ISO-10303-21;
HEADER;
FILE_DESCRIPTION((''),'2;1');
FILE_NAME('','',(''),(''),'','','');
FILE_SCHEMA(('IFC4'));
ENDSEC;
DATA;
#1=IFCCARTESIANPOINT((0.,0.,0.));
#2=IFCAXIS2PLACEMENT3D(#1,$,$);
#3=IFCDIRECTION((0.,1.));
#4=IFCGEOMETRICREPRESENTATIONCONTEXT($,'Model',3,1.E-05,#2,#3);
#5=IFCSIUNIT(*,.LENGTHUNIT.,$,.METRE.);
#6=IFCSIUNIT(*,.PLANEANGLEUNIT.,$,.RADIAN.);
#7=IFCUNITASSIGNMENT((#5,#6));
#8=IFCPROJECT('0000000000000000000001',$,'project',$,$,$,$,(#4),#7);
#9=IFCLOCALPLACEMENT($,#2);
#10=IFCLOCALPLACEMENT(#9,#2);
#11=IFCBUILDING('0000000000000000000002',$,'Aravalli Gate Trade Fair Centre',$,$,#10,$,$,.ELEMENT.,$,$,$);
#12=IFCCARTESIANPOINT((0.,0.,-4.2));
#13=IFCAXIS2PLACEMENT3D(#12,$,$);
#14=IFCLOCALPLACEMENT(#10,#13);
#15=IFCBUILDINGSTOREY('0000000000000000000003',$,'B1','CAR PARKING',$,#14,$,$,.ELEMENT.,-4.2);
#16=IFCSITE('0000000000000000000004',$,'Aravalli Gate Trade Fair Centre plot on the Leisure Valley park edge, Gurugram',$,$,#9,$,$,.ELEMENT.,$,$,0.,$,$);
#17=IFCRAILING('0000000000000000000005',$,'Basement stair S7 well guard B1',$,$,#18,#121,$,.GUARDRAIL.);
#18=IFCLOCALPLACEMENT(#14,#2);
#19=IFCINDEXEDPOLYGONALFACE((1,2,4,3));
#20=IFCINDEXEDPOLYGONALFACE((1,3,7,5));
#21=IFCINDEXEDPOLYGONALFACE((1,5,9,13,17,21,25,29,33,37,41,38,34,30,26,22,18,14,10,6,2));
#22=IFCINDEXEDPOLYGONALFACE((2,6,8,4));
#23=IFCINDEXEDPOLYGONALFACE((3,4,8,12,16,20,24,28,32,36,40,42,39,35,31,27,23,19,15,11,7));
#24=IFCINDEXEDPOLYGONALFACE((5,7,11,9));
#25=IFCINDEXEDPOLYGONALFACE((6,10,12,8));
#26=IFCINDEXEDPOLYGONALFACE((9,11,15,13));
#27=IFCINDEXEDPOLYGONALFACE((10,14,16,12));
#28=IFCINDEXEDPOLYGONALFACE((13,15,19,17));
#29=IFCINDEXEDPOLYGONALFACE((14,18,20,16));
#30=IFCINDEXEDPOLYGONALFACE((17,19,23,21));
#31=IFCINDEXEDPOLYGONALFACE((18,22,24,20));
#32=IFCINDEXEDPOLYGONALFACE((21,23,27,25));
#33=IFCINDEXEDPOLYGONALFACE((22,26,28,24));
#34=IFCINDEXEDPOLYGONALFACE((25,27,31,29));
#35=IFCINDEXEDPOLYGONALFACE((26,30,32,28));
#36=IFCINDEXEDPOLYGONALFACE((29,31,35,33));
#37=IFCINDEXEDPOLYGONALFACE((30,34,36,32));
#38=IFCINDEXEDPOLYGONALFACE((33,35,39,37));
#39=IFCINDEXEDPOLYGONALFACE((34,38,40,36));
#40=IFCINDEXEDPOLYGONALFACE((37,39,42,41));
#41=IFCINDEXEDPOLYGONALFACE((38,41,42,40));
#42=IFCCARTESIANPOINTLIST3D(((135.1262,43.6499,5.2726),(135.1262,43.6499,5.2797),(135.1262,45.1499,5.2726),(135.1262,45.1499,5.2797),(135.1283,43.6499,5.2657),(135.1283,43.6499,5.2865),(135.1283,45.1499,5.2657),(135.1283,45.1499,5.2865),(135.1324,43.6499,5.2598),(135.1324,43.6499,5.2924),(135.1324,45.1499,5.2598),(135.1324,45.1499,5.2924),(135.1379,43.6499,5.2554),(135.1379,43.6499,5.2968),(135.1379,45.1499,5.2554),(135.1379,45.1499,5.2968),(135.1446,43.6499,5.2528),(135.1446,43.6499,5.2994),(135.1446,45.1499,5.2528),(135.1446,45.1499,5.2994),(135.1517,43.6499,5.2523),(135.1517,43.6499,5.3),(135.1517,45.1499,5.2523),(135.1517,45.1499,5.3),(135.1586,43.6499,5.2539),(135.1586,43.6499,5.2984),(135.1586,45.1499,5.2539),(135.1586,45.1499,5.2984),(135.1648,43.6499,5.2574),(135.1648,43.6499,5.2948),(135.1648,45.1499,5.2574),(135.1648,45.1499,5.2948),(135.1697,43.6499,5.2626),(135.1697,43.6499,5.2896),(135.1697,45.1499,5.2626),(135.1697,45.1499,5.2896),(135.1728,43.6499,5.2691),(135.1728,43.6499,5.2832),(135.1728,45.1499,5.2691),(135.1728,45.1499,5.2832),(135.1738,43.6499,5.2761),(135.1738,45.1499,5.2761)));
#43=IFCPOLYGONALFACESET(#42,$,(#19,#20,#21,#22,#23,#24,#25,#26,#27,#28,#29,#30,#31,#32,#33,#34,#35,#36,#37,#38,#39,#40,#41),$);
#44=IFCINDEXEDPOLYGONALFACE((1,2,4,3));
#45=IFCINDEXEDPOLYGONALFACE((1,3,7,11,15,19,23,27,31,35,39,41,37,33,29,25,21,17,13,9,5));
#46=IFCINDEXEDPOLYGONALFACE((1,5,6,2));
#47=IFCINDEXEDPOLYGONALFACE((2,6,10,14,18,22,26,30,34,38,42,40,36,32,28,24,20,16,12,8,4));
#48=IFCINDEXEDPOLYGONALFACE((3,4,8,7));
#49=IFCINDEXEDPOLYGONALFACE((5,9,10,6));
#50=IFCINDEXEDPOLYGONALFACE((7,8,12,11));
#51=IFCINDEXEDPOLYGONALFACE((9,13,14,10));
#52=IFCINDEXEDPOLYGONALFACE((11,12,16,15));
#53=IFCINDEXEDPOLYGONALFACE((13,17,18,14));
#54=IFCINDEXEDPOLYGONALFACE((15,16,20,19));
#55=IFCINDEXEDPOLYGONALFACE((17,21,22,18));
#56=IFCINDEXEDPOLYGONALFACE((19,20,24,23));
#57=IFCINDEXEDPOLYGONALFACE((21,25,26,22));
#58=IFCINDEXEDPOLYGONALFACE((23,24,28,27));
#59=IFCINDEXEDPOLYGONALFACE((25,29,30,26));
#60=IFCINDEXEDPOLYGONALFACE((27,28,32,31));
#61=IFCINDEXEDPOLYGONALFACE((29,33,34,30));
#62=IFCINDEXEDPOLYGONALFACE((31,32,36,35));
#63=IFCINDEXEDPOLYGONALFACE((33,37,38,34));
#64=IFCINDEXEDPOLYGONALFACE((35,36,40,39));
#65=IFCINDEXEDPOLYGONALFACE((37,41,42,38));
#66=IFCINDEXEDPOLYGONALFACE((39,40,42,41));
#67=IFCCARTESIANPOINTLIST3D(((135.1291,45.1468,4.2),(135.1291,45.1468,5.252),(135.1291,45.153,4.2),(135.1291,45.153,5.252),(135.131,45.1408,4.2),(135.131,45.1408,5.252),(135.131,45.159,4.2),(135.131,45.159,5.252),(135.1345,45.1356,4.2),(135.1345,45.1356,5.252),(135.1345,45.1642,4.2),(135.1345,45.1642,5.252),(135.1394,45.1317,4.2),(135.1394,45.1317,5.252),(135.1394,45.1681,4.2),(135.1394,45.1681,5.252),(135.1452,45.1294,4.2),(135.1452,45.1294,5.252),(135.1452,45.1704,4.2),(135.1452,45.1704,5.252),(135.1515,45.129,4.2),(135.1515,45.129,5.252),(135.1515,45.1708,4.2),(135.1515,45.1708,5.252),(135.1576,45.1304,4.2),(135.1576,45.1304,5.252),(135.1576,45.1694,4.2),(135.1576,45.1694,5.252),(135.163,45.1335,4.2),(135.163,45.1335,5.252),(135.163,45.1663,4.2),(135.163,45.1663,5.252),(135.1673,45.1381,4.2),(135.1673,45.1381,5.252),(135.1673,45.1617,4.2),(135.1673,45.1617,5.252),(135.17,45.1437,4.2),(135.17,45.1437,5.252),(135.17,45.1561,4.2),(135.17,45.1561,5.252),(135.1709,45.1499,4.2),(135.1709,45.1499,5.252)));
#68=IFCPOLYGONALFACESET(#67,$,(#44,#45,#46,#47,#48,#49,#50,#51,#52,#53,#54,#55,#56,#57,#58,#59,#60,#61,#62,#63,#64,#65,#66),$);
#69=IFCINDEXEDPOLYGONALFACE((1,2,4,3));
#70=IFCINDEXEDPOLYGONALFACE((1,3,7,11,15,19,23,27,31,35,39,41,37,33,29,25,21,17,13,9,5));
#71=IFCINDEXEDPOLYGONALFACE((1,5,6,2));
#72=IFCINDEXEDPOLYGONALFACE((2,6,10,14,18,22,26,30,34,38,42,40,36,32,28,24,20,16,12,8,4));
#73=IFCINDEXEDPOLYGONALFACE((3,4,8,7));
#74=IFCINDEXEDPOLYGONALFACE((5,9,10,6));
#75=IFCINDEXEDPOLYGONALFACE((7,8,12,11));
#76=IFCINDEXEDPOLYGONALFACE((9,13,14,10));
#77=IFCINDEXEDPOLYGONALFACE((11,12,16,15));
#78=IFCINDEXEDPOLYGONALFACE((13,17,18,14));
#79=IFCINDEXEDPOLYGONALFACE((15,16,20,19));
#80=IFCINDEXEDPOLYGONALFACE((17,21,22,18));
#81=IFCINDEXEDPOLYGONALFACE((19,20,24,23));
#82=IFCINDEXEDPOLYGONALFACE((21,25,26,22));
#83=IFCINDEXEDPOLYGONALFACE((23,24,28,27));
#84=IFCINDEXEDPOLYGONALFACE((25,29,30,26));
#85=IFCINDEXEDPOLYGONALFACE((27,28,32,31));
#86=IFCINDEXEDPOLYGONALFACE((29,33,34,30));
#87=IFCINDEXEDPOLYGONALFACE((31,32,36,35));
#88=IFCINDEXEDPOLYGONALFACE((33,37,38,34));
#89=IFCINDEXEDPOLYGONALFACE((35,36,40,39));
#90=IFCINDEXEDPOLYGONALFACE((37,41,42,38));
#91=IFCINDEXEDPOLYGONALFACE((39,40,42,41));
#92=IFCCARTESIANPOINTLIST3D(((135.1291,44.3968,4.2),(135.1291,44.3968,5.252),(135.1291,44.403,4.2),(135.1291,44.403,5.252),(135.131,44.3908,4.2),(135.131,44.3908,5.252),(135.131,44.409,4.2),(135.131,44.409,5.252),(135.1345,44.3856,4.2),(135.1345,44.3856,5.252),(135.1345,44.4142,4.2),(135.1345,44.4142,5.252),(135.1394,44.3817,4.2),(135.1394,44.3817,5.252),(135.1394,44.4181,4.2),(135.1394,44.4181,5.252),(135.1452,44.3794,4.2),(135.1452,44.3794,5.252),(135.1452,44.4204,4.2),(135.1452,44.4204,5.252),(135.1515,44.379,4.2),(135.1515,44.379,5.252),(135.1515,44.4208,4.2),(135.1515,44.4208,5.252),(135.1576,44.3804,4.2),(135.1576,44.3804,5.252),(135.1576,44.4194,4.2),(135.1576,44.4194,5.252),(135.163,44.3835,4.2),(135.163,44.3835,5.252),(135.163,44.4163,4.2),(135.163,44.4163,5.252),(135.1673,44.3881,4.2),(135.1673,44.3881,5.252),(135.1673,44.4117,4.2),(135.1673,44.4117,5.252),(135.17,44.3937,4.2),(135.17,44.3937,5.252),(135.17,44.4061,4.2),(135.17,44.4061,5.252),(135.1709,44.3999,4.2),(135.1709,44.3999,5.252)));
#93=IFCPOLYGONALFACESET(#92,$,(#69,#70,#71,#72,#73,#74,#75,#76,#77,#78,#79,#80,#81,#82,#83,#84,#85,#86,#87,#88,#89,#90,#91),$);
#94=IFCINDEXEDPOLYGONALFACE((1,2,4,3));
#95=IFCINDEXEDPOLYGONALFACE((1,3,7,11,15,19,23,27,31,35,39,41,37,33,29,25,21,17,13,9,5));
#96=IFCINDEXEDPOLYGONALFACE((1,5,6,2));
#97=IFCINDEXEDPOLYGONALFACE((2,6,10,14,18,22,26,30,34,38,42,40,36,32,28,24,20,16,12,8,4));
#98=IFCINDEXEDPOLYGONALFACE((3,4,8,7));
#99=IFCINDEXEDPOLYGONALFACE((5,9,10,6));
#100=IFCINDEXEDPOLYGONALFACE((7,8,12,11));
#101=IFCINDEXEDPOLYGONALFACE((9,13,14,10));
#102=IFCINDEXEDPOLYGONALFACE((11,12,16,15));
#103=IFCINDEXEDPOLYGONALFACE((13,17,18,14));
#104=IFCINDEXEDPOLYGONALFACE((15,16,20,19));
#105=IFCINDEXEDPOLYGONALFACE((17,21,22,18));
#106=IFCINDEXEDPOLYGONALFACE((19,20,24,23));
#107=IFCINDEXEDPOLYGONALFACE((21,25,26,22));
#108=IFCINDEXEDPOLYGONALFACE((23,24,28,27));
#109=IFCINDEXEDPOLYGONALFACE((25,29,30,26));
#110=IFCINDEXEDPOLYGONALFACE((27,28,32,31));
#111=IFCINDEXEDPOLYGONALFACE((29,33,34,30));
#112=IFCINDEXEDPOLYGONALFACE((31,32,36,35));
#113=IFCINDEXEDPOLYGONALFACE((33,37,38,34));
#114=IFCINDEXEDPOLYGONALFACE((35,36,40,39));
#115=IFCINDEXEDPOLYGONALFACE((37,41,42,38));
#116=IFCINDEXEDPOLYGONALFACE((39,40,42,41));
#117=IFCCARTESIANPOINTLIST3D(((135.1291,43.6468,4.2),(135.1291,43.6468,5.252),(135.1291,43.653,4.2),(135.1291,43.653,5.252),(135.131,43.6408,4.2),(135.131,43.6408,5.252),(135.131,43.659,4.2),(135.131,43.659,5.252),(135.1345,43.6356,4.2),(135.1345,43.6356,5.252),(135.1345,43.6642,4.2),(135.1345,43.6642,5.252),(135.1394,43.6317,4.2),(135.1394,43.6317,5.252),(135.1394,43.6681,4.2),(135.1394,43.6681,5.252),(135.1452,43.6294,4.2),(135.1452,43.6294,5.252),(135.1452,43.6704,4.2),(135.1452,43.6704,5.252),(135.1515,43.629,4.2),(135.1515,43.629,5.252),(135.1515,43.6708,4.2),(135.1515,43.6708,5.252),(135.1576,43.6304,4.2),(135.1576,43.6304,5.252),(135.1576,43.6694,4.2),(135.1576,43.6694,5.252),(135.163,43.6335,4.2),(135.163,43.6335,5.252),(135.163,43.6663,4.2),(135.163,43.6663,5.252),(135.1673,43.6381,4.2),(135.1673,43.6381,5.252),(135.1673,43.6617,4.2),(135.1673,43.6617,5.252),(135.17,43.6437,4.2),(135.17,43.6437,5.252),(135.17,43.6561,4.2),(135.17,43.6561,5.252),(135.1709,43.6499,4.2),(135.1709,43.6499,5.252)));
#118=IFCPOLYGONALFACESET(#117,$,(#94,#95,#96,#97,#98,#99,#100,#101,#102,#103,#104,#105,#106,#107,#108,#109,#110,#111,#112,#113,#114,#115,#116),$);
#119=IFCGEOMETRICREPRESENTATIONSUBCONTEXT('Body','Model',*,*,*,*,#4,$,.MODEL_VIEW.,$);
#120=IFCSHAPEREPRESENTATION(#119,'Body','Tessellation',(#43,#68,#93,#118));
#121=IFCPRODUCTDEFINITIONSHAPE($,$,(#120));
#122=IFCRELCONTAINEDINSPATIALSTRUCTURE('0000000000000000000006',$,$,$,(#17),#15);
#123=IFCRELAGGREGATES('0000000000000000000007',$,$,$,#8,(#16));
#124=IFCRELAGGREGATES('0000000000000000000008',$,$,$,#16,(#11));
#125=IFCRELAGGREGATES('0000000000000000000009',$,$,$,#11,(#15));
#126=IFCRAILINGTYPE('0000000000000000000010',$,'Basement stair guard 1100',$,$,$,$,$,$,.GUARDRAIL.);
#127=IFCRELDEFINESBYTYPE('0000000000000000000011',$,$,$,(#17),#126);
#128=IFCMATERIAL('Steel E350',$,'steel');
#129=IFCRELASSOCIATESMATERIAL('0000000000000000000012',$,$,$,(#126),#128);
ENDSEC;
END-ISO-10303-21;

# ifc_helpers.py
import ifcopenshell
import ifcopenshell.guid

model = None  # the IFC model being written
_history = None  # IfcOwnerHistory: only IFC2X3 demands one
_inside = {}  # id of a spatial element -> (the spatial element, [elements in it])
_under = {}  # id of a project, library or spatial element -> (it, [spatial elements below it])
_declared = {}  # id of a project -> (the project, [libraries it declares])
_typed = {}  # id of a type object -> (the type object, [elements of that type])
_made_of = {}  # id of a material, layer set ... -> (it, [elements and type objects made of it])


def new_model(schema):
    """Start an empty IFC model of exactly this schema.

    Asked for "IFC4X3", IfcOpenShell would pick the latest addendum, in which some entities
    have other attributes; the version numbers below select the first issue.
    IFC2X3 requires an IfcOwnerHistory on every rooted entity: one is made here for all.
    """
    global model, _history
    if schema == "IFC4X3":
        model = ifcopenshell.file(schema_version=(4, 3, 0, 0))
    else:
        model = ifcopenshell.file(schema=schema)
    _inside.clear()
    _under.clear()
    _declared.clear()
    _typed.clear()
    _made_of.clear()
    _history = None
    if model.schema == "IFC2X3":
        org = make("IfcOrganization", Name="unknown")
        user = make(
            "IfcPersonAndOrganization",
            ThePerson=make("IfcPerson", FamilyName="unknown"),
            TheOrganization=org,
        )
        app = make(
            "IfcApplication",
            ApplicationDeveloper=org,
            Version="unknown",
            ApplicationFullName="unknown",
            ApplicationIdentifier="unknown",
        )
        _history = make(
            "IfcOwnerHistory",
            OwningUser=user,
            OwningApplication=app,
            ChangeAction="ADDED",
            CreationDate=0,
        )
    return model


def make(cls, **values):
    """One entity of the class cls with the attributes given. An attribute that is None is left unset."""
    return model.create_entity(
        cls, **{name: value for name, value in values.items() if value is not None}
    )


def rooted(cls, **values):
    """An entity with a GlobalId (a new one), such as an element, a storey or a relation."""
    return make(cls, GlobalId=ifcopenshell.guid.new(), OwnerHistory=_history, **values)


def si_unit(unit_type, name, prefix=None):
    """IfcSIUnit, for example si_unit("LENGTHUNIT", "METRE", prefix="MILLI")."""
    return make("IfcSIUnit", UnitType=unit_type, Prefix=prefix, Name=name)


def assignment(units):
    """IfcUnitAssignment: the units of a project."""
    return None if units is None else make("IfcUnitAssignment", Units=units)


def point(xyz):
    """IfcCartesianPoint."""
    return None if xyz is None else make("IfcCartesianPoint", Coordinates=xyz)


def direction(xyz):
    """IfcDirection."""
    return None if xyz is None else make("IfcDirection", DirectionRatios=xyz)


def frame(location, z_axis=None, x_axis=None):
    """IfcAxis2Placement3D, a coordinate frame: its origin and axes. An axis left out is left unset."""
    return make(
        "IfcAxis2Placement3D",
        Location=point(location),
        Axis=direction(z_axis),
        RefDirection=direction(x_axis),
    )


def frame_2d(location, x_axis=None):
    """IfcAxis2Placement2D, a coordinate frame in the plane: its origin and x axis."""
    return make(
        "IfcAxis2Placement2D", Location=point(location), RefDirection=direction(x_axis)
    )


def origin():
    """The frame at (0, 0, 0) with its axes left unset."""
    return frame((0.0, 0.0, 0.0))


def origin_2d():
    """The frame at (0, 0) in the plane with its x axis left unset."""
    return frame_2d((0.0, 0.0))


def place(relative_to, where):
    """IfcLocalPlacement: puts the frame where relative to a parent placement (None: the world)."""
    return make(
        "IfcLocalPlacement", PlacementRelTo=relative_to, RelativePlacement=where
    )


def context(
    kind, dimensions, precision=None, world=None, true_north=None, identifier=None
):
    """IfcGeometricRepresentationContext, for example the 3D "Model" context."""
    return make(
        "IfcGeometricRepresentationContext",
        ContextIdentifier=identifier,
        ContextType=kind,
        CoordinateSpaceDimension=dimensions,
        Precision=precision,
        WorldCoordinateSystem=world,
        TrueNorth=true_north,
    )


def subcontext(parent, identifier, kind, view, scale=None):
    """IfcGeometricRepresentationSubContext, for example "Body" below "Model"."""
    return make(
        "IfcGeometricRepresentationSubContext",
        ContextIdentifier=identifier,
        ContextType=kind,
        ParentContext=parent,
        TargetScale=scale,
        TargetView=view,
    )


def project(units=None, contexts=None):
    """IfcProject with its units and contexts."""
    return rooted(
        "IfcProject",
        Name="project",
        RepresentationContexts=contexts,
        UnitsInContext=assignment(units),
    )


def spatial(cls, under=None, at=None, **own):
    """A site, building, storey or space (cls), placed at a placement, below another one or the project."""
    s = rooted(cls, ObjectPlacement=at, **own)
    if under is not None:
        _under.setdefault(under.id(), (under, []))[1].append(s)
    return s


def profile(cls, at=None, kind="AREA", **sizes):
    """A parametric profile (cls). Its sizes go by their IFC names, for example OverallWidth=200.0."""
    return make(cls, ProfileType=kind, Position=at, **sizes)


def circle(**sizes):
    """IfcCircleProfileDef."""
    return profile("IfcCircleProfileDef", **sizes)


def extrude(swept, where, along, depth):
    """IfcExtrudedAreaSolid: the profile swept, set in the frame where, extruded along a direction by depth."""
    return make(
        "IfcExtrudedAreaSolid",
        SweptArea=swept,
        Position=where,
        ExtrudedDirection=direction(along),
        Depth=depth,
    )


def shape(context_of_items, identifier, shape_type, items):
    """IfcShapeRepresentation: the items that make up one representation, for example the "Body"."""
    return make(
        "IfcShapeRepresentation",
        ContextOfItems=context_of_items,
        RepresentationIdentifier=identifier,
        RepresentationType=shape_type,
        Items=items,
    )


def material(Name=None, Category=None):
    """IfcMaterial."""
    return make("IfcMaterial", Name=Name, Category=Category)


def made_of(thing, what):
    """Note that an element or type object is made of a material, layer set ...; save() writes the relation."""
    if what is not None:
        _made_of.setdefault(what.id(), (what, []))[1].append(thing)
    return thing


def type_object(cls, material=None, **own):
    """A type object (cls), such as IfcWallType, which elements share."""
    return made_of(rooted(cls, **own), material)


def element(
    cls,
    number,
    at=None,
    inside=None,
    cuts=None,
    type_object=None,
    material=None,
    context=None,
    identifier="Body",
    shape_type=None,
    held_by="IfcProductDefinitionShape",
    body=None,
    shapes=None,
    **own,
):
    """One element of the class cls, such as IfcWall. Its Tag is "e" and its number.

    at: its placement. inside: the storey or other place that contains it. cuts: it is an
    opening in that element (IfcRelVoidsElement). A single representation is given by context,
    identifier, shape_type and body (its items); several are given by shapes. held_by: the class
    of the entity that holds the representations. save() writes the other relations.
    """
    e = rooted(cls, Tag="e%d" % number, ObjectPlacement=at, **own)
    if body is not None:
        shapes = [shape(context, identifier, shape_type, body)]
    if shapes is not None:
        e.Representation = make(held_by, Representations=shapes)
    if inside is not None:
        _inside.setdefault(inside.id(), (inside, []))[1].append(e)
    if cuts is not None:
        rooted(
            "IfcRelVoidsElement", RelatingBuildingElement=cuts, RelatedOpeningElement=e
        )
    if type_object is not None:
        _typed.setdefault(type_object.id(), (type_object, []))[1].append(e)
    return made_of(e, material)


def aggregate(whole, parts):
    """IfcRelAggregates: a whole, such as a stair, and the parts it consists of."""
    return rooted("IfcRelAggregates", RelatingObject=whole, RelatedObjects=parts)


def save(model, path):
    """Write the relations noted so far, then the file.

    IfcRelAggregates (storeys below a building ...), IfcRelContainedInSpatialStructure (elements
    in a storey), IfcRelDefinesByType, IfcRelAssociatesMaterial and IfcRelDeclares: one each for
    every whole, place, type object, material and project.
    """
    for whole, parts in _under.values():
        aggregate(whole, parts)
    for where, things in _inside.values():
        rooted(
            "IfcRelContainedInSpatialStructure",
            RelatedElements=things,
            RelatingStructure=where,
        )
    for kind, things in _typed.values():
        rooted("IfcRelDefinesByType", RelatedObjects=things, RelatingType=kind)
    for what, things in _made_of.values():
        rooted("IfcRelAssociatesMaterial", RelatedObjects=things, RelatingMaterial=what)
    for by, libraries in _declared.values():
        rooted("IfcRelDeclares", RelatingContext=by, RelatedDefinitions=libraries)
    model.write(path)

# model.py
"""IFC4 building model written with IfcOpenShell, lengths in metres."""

from ifc_helpers import new_model, si_unit, direction, frame, origin, origin_2d, place, context, subcontext, project, spatial, circle, extrude, material, type_object, element, save


model = new_model("IFC4")

# Units and contexts
model_context = context("Model", 3, precision=1e-05, world=origin(), true_north=direction((0.0, 1.0)))
body_context = subcontext(model_context, "Body", "Model", "MODEL_VIEW")
ifc_project = project(units=[si_unit("LENGTHUNIT", "METRE"), si_unit("PLANEANGLEUNIT", "RADIAN")], contexts=[model_context])

# Site, building, storey
site_placement = place(None, origin())
site = spatial("IfcSite", under=ifc_project, at=site_placement, Name="Aravalli Gate Trade Fair Centre plot on the Leisure Valley park edge, Gurugram", CompositionType="ELEMENT", RefElevation=0.0)
building_placement = place(site_placement, origin())
building = spatial("IfcBuilding", under=site, at=building_placement, Name="Aravalli Gate Trade Fair Centre", CompositionType="ELEMENT")
storey_placement = place(building_placement, frame((0.0, 0.0, -4.2)))
storey = spatial("IfcBuildingStorey", under=building, at=storey_placement, Name="B1", Description="CAR PARKING", CompositionType="ELEMENT", Elevation=-4.2)

# Railing
ifc_material_1 = material(Name="Steel E350", Category="steel")
railing_type_1 = type_object("IfcRailingType", Name="Basement stair guard 1100", PredefinedType="GUARDRAIL", material=ifc_material_1)
railing_1_placement = place(storey_placement, frame((135.1499, 45.1499, 4.2)))
element("IfcRailing", 1, at=railing_1_placement, inside=storey, type_object=railing_type_1, Name="Basement stair S7 well guard B1", PredefinedType="GUARDRAIL", context=body_context, shape_type="SweptSolid", body=[
    extrude(circle(Radius=0.0239, at=origin_2d()), frame((0.0, 0.0, 1.0762), z_axis=(0.0, -1.0, 0.0), x_axis=(1.0, 0.0, 0.0)), (0.0, 0.0, 1.0), 1.5),
    extrude(circle(Radius=0.021, at=origin_2d()), origin(), (0.0, 0.0, 1.0), 1.052),
    extrude(circle(Radius=0.021, at=origin_2d()), frame((0.0, -0.75, 0.0)), (0.0, 0.0, 1.0), 1.052),
    extrude(circle(Radius=0.021, at=origin_2d()), frame((0.0, -1.5, 0.0)), (0.0, 0.0, 1.0), 1.052),
])

save(model, "model.ifc")
